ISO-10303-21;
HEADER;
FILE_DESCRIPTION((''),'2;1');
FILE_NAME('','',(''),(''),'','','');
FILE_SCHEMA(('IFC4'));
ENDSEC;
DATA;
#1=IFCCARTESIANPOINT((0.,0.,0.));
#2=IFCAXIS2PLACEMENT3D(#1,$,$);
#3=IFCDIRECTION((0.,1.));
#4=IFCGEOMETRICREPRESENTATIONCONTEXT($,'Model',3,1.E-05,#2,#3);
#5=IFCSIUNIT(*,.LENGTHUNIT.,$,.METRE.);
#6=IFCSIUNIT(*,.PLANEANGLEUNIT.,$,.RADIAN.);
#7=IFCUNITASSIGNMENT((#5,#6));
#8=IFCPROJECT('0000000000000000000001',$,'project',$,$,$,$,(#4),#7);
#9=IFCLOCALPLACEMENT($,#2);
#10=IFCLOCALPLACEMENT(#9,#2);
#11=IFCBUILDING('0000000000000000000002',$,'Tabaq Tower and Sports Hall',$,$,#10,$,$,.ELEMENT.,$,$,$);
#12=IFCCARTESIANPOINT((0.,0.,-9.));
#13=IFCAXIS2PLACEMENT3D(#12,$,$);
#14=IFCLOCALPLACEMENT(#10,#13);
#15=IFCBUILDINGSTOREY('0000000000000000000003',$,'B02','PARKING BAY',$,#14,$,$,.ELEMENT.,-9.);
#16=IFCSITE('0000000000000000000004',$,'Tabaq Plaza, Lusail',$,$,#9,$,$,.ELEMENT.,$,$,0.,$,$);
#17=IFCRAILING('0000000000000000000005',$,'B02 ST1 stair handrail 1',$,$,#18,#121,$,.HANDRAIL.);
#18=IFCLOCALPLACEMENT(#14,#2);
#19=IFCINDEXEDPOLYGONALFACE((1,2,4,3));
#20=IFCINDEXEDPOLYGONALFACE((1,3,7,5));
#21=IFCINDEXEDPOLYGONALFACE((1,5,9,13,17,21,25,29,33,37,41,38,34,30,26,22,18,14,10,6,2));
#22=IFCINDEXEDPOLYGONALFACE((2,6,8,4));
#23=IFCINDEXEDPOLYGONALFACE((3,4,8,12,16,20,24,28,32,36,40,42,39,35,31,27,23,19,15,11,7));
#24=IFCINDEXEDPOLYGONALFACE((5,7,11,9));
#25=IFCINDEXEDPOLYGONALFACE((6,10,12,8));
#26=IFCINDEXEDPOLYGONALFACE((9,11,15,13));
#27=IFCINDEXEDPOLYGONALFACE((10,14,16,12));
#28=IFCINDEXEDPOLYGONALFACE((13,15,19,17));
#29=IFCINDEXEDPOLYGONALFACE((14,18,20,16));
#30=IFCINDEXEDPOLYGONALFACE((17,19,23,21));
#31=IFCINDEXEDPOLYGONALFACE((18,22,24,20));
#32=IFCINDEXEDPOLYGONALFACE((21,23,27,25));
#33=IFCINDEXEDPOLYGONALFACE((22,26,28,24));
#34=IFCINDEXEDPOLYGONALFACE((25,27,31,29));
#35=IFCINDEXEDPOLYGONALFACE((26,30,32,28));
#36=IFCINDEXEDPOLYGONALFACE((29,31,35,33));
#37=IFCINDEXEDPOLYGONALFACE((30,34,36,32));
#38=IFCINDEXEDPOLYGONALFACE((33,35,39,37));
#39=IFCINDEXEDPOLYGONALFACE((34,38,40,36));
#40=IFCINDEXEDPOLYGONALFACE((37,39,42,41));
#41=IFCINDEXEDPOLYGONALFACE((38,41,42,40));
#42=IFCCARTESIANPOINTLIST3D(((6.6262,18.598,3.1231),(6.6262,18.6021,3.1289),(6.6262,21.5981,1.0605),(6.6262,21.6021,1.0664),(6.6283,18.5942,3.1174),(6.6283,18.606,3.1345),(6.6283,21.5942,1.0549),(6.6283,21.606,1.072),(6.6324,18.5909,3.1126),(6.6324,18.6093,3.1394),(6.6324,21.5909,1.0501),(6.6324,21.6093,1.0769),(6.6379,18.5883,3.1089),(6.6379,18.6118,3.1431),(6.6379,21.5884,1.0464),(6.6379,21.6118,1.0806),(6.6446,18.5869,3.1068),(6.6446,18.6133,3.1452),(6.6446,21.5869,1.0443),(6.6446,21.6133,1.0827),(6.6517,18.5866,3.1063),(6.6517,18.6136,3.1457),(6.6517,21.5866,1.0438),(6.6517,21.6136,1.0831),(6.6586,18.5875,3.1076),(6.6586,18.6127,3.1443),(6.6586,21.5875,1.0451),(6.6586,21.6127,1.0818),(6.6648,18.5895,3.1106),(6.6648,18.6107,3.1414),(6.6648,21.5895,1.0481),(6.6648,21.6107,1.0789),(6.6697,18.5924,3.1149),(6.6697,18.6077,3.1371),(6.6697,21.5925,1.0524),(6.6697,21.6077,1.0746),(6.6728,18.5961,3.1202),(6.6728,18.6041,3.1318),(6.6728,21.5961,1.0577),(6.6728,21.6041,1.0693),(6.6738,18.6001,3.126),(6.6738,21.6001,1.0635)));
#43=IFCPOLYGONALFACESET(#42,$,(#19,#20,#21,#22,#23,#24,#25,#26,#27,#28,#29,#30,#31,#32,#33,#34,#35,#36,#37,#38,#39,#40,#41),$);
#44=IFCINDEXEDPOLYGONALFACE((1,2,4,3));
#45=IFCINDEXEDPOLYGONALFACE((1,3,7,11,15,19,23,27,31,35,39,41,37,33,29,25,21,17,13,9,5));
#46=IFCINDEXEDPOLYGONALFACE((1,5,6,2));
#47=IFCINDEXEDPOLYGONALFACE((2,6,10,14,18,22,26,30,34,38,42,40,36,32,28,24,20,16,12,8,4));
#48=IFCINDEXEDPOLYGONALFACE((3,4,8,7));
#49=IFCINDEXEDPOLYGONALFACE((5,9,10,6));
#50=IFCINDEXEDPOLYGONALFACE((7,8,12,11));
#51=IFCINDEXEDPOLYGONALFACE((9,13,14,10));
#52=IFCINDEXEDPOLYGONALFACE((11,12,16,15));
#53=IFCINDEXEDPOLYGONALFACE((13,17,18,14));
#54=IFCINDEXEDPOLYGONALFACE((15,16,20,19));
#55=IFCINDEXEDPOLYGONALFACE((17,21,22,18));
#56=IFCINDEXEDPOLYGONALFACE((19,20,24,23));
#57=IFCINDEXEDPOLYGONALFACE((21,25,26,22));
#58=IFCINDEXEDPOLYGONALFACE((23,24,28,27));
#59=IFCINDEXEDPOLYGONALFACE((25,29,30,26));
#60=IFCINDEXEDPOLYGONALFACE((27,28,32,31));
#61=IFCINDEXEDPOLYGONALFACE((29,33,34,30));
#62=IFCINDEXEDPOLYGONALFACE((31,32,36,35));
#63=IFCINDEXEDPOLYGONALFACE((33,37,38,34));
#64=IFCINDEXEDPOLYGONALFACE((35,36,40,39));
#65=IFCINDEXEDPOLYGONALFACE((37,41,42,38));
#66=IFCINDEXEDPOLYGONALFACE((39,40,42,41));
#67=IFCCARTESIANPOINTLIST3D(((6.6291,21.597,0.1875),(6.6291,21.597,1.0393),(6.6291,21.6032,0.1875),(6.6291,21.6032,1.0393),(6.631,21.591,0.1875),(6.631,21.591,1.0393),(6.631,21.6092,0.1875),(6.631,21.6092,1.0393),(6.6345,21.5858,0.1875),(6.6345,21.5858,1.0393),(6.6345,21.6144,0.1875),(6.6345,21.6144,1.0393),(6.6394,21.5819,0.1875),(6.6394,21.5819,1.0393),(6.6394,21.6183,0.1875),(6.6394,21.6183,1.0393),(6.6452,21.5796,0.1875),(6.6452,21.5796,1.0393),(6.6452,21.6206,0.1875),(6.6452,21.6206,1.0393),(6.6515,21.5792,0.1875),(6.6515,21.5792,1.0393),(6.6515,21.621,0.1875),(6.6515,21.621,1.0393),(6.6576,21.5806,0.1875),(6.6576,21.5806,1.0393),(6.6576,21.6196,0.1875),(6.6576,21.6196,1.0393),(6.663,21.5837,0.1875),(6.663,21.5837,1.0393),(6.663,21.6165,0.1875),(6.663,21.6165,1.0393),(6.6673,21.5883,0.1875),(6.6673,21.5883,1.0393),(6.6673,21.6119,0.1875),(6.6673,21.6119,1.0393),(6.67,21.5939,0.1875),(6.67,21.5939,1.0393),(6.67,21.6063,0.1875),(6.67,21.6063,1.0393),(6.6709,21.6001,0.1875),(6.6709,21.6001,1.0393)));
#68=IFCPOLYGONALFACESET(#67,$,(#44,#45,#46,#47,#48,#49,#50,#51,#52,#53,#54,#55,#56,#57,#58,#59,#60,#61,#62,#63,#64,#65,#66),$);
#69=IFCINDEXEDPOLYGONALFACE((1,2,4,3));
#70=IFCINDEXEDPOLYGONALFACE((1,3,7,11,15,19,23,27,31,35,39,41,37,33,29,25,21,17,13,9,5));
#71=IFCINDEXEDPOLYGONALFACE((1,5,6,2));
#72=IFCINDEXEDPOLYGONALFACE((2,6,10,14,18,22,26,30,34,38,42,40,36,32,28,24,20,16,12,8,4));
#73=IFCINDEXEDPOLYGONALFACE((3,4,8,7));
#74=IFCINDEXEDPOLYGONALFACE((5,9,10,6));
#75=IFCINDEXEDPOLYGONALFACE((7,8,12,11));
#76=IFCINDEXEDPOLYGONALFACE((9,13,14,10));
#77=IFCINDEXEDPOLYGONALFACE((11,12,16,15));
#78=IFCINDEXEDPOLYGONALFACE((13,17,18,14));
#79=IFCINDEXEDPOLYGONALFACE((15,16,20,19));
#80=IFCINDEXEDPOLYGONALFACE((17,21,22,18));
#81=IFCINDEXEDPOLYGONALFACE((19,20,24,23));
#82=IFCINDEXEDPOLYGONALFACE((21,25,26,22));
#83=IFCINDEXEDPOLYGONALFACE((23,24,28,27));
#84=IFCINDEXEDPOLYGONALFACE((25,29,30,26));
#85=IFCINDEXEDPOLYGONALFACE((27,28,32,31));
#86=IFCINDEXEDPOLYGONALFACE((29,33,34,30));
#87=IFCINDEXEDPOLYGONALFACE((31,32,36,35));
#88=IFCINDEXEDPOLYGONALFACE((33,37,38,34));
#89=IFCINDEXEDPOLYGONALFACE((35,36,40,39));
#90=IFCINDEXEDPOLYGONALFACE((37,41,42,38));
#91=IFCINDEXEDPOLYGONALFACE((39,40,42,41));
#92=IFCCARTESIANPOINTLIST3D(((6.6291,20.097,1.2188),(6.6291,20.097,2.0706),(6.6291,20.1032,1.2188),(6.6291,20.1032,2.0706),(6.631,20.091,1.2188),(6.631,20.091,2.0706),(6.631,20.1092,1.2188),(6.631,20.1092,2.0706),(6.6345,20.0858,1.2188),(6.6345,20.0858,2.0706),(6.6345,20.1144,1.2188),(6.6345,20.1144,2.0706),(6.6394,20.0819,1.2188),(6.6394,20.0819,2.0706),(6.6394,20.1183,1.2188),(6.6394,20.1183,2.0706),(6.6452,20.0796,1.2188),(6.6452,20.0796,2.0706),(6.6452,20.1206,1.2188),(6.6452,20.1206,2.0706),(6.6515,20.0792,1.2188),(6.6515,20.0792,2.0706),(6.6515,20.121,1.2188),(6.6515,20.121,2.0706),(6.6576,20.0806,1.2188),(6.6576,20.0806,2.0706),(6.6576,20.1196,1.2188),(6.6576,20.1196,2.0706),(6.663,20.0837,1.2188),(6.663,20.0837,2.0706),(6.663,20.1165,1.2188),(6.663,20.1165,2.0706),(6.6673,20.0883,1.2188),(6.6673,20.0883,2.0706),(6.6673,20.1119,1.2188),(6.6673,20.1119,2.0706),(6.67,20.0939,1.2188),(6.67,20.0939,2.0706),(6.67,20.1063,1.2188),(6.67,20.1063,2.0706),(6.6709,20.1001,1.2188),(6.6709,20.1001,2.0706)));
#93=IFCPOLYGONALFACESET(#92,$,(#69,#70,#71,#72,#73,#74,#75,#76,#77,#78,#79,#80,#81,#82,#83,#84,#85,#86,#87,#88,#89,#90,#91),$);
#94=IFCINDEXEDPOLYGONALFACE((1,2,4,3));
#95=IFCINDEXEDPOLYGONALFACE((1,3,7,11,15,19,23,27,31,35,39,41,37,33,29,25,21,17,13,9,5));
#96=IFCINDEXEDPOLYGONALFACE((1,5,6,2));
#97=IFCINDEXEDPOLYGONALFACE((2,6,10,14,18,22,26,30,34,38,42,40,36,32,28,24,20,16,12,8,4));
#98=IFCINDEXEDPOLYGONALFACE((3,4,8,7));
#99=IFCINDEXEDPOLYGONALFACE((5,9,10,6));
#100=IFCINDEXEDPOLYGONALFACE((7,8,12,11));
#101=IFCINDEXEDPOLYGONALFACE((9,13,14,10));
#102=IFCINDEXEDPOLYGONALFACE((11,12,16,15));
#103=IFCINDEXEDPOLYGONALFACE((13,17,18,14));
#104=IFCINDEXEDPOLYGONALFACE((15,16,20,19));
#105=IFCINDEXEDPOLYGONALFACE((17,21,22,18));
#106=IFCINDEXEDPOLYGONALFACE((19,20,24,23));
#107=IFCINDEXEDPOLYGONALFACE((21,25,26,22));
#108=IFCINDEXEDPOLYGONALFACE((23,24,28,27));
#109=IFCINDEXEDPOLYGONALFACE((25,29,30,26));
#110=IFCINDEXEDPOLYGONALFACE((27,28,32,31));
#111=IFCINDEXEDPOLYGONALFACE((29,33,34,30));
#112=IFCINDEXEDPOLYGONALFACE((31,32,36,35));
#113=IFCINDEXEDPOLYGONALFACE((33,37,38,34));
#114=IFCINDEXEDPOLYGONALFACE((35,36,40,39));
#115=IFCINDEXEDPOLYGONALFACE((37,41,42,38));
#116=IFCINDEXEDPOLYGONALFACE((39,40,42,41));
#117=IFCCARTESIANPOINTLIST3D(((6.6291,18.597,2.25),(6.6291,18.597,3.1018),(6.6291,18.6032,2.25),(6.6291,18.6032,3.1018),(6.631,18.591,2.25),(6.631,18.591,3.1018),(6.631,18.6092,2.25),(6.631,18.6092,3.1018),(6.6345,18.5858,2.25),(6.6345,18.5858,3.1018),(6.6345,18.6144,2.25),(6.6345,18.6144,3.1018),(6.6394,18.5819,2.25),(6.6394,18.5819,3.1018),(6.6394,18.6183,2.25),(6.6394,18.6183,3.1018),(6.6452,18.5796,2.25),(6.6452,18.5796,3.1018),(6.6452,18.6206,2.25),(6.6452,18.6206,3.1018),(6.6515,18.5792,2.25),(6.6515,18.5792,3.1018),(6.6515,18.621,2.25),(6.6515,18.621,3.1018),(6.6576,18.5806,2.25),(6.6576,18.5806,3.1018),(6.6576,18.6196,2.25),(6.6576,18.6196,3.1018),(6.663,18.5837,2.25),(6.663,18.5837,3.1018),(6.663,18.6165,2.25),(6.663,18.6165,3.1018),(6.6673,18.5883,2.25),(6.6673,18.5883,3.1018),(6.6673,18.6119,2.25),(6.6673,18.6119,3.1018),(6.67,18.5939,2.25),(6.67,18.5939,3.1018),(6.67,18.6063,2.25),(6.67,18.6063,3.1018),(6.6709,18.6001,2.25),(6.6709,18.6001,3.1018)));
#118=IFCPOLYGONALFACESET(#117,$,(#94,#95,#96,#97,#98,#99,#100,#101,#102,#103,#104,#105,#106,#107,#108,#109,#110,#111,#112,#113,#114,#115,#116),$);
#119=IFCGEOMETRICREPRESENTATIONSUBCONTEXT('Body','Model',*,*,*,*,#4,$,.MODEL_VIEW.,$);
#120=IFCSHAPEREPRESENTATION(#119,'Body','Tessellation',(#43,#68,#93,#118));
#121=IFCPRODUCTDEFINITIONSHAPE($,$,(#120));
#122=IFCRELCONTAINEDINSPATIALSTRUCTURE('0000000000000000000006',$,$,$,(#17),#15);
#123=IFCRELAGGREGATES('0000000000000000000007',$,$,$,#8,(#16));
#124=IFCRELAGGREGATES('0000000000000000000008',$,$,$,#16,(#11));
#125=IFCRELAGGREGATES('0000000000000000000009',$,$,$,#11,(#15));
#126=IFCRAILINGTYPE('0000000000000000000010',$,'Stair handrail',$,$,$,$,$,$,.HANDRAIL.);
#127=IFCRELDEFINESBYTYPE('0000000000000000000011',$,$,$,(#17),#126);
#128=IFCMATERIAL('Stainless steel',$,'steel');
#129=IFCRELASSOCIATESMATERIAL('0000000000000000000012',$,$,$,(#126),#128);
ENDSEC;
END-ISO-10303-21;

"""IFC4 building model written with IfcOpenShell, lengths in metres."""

from ifc_helpers import new_model, si_unit, direction, frame, origin, origin_2d, place, context, subcontext, project, spatial, circle, extrude, material, type_object, element, save


model = new_model("IFC4")

# Units and contexts
model_context = context("Model", 3, precision=1e-05, world=origin(), true_north=direction((0.0, 1.0)))
body_context = subcontext(model_context, "Body", "Model", "MODEL_VIEW")
ifc_project = project(units=[si_unit("LENGTHUNIT", "METRE"), si_unit("PLANEANGLEUNIT", "RADIAN")], contexts=[model_context])

# Site, building, storey
site_placement = place(None, origin())
site = spatial("IfcSite", under=ifc_project, at=site_placement, Name="Tabaq Plaza, Lusail", CompositionType="ELEMENT", RefElevation=0.0)
building_placement = place(site_placement, origin())
building = spatial("IfcBuilding", under=site, at=building_placement, Name="Tabaq Tower and Sports Hall", CompositionType="ELEMENT")
storey_placement = place(building_placement, frame((0.0, 0.0, -9.0)))
storey = spatial("IfcBuildingStorey", under=building, at=storey_placement, Name="B02", Description="PARKING BAY", CompositionType="ELEMENT", Elevation=-9.0)

# Railing
ifc_material_1 = material(Name="Stainless steel", Category="steel")
railing_type_1 = type_object("IfcRailingType", Name="Stair handrail", PredefinedType="HANDRAIL", material=ifc_material_1)
railing_1_placement = place(storey_placement, frame((6.6499, 21.6001, 0.1875)))
element("IfcRailing", 1, at=railing_1_placement, inside=storey, type_object=railing_type_1, Name="B02 ST1 stair handrail 1", PredefinedType="HANDRAIL", context=body_context, shape_type="SweptSolid", body=[
    extrude(circle(Radius=0.0239, at=origin_2d()), frame((0.0, 0.0, 0.876), z_axis=(0.0, -0.824042, 0.566529), x_axis=(1.0, 0.0, 0.0)), (0.0, 0.0, 1.0), 3.6406),
    extrude(circle(Radius=0.021, at=origin_2d()), origin(), (0.0, 0.0, 1.0), 0.8518),
    extrude(circle(Radius=0.021, at=origin_2d()), frame((0.0, -1.5, 1.0312)), (0.0, 0.0, 1.0), 0.8518),
    extrude(circle(Radius=0.021, at=origin_2d()), frame((0.0, -3.0, 2.0625)), (0.0, 0.0, 1.0), 0.8518),
])

save(model, "model.ifc")
